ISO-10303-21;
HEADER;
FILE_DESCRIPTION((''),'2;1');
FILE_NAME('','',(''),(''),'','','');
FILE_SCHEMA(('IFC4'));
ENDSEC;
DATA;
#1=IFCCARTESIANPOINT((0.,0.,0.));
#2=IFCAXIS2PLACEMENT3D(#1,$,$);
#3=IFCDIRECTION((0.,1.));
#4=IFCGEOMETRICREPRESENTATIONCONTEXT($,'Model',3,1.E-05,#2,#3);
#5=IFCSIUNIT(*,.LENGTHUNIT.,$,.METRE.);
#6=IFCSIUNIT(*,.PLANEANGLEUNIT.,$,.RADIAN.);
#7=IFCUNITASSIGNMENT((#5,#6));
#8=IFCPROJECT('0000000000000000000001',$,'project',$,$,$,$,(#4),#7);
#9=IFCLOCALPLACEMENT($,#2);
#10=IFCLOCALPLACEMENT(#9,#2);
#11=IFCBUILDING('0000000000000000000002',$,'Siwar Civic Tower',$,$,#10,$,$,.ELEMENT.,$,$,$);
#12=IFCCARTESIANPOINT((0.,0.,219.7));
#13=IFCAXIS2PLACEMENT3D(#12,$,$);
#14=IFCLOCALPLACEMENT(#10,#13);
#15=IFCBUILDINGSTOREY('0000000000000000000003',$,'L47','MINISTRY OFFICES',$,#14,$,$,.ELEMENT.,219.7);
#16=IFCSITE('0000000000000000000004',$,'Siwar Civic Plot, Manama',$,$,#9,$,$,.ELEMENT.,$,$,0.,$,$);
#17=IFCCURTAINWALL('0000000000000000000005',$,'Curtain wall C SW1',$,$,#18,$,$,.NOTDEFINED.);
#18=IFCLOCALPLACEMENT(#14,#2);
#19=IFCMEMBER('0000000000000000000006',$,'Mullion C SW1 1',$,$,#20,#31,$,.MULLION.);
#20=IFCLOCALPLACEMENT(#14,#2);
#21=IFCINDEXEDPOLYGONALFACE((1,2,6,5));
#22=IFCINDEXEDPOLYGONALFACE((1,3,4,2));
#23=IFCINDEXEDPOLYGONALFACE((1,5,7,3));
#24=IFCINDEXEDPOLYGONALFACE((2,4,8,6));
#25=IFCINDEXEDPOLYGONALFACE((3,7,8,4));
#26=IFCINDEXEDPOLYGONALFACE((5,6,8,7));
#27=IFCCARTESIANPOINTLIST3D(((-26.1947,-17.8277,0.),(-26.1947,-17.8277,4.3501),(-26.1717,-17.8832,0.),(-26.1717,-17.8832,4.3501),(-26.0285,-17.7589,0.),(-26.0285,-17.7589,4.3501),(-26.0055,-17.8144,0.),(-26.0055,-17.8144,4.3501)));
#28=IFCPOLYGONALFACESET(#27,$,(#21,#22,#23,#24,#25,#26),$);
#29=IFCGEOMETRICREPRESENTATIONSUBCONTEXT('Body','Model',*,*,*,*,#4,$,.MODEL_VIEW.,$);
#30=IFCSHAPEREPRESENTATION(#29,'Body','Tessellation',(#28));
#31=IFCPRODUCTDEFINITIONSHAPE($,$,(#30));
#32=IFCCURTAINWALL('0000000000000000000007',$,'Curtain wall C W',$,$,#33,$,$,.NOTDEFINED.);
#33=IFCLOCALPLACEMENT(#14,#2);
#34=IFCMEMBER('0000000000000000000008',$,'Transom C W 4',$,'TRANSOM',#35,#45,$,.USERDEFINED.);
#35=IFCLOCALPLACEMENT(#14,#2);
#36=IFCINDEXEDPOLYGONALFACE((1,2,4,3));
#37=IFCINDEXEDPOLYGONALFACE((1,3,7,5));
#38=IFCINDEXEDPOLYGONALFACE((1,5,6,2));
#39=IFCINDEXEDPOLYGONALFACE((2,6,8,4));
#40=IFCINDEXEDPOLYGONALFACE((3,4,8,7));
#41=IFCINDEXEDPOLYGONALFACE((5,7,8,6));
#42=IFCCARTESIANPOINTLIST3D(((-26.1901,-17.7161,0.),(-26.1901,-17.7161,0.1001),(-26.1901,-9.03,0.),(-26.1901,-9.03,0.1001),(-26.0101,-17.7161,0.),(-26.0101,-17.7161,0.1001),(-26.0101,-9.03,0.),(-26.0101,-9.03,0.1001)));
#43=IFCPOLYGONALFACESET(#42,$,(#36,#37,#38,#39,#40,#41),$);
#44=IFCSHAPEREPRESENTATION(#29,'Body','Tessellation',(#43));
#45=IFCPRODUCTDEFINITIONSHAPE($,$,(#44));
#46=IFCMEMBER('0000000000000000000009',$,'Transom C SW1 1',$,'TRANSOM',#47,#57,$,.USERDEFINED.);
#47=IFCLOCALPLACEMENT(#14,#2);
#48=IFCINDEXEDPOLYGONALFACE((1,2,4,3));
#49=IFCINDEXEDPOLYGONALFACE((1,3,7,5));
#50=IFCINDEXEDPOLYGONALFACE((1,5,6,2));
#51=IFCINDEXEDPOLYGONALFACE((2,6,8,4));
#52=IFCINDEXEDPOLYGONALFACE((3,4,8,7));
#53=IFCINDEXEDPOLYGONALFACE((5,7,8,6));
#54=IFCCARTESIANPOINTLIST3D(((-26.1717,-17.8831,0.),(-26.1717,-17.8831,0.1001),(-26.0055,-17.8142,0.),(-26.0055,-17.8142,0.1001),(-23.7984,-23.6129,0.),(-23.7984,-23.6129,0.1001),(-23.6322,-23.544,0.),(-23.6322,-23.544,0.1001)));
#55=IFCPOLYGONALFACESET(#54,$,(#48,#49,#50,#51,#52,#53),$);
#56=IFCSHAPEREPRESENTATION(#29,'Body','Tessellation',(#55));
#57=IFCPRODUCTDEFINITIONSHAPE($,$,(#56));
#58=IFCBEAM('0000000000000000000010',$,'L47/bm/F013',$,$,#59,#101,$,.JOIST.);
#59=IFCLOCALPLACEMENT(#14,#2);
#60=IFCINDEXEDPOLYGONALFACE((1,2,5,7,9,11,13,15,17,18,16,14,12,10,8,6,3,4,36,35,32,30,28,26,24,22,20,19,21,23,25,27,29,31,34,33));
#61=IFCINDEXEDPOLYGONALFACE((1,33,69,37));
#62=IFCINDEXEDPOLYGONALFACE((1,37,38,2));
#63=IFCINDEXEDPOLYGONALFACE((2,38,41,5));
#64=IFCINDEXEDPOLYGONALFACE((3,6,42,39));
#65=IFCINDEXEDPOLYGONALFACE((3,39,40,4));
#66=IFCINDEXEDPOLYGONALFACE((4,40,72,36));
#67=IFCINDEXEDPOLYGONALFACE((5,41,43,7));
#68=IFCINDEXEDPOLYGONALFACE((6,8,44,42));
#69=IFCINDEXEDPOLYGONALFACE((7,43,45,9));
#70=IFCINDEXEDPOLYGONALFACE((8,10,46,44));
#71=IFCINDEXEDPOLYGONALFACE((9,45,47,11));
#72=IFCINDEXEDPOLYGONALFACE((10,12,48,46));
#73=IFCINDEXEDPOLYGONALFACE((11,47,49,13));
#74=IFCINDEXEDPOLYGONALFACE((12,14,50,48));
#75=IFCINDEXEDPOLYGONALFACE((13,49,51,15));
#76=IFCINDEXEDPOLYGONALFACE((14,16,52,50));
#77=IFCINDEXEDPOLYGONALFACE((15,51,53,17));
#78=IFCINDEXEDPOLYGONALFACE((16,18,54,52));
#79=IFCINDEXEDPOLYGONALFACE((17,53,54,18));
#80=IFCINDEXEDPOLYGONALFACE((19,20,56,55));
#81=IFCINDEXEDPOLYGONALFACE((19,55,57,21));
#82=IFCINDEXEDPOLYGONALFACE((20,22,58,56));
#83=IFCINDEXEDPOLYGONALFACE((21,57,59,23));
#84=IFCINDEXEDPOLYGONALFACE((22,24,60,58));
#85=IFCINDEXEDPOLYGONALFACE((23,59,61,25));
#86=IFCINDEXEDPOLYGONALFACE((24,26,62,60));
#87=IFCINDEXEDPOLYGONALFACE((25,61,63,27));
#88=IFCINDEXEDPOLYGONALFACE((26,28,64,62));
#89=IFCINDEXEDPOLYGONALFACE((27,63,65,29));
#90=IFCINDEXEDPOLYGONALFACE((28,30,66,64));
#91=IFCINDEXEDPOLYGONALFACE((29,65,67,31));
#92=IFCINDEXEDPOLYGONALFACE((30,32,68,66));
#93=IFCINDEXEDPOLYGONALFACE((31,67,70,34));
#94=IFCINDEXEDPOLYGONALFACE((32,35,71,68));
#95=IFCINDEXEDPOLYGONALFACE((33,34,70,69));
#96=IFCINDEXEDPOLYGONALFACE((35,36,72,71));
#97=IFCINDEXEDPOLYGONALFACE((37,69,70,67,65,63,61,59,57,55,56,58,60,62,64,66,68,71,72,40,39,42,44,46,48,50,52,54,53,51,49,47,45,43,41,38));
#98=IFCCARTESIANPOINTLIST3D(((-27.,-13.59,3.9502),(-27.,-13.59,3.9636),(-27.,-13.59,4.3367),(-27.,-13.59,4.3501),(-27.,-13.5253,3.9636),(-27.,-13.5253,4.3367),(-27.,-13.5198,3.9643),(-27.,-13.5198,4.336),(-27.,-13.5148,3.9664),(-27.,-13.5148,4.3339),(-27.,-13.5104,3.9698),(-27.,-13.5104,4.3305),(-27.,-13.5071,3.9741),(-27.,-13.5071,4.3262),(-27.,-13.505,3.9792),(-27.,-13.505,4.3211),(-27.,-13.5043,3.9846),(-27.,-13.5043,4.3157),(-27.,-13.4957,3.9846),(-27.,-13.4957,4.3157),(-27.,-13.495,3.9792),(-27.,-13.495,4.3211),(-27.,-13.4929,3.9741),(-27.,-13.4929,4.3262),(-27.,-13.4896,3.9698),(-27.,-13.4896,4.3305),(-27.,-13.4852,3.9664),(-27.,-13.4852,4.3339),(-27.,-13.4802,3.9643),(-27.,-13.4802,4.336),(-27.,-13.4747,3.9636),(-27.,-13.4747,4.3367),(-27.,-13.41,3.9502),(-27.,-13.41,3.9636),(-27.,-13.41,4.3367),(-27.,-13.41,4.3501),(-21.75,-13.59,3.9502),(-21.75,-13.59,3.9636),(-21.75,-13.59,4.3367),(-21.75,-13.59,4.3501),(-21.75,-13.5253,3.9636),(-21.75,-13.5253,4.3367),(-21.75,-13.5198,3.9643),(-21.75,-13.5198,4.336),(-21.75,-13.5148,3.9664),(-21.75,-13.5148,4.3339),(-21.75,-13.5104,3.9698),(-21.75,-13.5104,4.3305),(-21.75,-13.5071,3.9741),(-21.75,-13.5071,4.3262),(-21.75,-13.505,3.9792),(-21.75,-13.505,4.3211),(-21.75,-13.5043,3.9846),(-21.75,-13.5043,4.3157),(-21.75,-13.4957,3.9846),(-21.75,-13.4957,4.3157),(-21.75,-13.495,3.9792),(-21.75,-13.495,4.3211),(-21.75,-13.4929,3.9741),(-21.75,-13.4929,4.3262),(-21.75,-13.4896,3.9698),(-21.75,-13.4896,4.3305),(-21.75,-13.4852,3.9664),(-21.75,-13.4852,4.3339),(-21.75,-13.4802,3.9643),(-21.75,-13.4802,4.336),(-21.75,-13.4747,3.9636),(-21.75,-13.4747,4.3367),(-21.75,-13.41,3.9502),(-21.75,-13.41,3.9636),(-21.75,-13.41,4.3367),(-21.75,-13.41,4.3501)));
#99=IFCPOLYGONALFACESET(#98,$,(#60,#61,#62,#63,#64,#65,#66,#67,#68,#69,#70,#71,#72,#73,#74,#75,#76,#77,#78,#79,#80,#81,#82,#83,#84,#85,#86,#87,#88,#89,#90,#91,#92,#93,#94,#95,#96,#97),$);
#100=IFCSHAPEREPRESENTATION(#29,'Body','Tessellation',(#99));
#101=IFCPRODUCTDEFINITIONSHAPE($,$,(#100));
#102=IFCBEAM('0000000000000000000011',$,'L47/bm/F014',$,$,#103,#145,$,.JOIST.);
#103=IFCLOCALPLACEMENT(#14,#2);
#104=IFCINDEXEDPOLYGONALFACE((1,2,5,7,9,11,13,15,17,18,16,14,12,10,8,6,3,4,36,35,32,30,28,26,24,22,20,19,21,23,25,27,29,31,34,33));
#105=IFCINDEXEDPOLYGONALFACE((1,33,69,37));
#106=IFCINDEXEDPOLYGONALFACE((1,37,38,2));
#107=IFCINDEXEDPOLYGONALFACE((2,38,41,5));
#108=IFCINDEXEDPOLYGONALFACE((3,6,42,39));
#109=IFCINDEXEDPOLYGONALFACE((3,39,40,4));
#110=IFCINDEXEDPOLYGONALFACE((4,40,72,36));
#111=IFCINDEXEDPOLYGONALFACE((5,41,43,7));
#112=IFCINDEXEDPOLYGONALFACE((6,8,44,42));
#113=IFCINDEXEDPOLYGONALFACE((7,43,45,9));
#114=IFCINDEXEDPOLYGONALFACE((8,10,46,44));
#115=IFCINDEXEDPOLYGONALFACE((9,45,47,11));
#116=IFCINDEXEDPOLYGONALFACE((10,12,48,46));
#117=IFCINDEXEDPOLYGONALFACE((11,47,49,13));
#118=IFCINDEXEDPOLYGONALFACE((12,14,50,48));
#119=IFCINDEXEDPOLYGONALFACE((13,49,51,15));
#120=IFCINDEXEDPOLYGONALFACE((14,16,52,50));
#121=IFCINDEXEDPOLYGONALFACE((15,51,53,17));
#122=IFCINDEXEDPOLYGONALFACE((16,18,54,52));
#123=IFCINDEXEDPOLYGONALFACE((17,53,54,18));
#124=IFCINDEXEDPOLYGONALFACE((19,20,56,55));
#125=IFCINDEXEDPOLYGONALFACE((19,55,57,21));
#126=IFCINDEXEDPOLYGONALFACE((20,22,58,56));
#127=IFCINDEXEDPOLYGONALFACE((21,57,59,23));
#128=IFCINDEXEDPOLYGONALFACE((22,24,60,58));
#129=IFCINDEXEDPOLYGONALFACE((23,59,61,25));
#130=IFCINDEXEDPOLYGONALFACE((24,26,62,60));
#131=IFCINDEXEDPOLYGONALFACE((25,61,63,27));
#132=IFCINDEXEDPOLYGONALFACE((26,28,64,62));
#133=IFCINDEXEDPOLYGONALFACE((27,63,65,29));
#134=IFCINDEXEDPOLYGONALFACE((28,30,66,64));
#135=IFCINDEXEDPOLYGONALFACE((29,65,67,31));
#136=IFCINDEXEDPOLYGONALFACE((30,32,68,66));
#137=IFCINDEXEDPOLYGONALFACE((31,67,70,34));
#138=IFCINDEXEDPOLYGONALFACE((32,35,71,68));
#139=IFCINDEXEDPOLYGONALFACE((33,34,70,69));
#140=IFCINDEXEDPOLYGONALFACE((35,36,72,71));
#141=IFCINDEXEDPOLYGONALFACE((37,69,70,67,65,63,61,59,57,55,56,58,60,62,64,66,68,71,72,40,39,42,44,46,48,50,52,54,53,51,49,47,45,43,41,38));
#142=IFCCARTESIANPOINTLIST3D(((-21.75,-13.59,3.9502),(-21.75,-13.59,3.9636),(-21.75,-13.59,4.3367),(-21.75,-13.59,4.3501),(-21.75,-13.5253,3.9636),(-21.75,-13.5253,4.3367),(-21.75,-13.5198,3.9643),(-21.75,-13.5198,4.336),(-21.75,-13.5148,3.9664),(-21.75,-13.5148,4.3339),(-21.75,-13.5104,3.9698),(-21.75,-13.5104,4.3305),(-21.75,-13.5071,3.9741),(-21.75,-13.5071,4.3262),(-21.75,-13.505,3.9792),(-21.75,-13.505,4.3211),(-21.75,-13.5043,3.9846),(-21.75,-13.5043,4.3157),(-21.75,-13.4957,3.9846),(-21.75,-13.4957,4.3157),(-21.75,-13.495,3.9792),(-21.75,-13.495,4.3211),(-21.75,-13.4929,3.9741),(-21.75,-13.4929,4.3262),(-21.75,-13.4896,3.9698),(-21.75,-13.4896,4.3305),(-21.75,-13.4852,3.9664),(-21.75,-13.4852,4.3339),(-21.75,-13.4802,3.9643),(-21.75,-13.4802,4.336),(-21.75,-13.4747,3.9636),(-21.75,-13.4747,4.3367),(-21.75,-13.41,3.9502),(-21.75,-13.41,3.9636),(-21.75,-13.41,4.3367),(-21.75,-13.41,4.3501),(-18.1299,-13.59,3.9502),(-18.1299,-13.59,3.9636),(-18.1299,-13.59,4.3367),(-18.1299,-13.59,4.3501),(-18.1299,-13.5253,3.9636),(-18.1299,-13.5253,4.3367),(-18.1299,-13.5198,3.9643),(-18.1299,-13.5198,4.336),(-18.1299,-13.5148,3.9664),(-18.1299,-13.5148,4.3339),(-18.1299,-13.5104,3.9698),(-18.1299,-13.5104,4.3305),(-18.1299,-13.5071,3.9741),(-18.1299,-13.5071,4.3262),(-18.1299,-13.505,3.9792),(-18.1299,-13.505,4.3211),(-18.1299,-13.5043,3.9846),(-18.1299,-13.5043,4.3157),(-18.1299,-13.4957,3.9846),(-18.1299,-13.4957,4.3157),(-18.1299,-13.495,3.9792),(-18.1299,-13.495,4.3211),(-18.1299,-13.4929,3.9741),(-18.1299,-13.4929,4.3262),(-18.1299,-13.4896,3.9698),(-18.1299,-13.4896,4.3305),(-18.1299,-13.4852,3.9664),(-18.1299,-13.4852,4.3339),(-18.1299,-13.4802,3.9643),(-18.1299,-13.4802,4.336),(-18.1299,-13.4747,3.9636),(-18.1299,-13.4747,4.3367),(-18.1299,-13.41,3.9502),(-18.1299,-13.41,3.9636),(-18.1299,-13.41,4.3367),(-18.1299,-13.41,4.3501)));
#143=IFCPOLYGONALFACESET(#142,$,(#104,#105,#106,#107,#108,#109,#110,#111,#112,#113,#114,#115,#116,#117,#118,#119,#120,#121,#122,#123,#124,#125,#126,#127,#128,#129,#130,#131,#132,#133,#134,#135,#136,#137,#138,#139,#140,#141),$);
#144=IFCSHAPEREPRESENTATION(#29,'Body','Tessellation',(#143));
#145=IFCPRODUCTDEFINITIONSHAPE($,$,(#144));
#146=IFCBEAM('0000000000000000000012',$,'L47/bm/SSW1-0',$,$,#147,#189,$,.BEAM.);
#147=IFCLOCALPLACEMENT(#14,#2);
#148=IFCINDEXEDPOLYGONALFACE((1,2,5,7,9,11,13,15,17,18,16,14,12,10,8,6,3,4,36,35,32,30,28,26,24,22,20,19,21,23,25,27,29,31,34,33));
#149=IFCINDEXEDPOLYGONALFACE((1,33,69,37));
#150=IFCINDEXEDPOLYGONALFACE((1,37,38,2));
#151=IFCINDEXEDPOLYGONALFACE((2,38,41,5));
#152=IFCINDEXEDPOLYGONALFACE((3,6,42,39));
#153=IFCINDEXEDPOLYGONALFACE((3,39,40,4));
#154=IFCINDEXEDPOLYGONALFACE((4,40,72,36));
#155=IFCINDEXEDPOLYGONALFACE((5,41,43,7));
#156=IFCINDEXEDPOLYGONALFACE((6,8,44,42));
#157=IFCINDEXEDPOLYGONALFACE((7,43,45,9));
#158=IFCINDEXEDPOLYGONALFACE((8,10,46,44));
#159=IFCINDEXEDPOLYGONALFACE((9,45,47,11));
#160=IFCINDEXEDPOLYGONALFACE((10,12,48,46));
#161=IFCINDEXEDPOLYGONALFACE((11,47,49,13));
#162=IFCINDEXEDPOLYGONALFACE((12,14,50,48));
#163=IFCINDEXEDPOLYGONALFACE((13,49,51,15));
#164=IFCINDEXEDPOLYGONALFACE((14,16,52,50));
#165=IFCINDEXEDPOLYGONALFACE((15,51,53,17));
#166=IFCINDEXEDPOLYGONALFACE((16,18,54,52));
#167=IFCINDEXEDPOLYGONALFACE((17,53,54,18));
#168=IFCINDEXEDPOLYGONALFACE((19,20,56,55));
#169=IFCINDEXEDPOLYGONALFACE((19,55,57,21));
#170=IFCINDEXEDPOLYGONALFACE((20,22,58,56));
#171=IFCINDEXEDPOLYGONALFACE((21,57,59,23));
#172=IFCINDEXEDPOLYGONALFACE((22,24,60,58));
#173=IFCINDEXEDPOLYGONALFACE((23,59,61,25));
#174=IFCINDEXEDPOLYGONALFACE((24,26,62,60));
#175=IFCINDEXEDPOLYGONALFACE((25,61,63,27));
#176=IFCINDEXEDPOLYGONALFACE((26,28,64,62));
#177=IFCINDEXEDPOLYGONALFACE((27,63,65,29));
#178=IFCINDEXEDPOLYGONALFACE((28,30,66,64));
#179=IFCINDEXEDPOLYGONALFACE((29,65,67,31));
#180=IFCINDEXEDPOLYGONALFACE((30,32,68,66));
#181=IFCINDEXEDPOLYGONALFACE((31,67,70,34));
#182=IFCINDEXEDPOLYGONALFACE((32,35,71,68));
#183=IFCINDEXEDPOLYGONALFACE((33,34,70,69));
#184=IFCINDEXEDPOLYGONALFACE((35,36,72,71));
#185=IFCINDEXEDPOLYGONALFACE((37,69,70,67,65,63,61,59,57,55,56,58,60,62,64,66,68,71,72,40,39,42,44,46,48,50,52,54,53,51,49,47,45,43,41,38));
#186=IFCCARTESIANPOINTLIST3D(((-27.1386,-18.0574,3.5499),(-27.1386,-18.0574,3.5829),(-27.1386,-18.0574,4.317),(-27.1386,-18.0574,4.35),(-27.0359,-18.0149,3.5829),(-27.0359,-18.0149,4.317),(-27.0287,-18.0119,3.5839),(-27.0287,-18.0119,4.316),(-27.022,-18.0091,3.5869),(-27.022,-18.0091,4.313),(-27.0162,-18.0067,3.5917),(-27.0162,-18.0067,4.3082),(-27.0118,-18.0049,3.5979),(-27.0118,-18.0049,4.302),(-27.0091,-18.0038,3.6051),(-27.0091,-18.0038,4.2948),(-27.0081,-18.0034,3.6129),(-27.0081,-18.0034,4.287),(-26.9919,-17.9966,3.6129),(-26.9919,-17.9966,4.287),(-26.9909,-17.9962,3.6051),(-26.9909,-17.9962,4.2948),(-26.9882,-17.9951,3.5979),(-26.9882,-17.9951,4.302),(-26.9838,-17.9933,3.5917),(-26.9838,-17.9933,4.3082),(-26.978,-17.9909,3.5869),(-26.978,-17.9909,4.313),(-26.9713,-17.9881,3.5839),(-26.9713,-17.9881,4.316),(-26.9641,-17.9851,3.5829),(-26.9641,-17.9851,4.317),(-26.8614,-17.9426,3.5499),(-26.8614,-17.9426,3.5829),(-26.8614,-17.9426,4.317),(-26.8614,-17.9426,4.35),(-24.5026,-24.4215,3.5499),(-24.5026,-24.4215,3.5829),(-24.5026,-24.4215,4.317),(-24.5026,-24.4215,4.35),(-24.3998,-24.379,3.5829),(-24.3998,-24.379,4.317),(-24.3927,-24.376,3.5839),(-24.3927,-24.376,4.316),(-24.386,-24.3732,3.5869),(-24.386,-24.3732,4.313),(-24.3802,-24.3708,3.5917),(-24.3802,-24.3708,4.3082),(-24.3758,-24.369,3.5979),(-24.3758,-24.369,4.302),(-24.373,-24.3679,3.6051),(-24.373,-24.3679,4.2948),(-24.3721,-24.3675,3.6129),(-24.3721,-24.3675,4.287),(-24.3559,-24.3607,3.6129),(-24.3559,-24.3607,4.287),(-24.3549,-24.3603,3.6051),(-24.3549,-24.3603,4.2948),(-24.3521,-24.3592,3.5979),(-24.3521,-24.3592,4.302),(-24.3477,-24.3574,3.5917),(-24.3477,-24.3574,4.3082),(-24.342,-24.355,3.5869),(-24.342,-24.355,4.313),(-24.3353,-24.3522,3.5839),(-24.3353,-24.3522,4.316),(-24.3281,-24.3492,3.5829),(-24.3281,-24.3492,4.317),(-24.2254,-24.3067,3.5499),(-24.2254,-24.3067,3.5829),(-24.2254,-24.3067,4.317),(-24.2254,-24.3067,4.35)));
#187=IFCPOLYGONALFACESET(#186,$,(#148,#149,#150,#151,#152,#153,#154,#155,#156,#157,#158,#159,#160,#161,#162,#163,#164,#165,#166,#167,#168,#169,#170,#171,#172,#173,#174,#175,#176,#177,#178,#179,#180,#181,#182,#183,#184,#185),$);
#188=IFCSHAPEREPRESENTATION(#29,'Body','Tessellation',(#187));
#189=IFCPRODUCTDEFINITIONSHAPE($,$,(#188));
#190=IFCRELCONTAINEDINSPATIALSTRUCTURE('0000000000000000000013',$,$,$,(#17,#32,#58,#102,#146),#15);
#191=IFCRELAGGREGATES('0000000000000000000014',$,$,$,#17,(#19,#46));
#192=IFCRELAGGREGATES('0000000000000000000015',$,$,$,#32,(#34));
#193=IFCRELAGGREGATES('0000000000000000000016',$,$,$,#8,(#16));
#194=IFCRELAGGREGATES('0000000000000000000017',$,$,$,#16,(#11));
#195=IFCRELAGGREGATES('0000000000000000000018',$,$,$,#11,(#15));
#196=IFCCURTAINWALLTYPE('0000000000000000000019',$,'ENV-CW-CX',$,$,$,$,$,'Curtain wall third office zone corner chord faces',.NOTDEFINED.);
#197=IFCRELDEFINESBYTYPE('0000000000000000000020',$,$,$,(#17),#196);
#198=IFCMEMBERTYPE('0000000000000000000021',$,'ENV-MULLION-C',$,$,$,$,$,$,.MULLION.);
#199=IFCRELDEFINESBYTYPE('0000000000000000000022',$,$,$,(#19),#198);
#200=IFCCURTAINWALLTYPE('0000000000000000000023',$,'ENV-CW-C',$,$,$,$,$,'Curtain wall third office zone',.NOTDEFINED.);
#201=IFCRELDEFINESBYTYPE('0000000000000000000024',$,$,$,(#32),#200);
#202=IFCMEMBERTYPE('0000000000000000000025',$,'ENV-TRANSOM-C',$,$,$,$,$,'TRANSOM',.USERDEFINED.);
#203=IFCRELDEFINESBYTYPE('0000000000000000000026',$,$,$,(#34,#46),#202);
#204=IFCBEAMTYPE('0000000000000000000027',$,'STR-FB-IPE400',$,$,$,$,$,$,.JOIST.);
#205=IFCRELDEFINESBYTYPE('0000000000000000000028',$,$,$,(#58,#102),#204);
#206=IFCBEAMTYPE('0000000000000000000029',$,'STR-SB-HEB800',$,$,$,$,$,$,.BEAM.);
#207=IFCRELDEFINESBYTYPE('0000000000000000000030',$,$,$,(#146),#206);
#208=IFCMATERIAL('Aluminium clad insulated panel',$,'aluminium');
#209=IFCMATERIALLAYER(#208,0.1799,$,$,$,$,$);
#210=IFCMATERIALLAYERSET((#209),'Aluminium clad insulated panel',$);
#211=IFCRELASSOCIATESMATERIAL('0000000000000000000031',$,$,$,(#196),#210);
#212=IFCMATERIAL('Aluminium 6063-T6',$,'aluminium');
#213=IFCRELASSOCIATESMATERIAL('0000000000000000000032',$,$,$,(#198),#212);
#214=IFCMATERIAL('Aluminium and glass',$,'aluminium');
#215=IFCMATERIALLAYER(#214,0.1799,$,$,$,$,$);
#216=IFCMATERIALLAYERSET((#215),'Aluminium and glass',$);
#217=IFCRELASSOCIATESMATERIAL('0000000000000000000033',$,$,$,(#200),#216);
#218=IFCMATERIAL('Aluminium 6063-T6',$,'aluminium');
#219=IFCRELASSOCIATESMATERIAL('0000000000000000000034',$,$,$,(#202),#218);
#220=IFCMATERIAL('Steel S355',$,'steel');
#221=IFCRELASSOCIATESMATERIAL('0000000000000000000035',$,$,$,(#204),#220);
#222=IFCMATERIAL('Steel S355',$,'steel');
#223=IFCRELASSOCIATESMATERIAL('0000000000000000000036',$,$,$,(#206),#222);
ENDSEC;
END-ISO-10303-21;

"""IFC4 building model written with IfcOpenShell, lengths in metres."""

from ifc_helpers import new_model, si_unit, direction, frame, origin, origin_2d, place, context, subcontext, project, spatial, rectangle, i_section, extrude, material, layer, layer_set, material_profile, profile_set, type_object, element, aggregate, save


model = new_model("IFC4")

# Units and contexts
model_context = context("Model", 3, precision=1e-05, world=origin(), true_north=direction((0.0, 1.0)))
body_context = subcontext(model_context, "Body", "Model", "MODEL_VIEW")
ifc_project = project(units=[si_unit("LENGTHUNIT", "METRE"), si_unit("PLANEANGLEUNIT", "RADIAN")], contexts=[model_context])

# Site, building, storey
site_placement = place(None, origin())
site = spatial("IfcSite", under=ifc_project, at=site_placement, Name="Siwar Civic Plot, Manama", CompositionType="ELEMENT", RefElevation=0.0)
building_placement = place(site_placement, origin())
building = spatial("IfcBuilding", under=site, at=building_placement, Name="Siwar Civic Tower", CompositionType="ELEMENT")
storey_placement = place(building_placement, frame((0.0, 0.0, 219.7)))
storey = spatial("IfcBuildingStorey", under=building, at=storey_placement, Name="L47", Description="MINISTRY OFFICES", CompositionType="ELEMENT", Elevation=219.7)

# Curtain walls, members
ifc_material_1 = material(Name="Aluminium clad insulated panel", Category="aluminium")
ifc_layer_1 = layer(ifc_material_1, 0.1799)
ifc_layer_set_1 = layer_set([ifc_layer_1], Name="Aluminium clad insulated panel")
curtain_wall_type_1 = type_object("IfcCurtainWallType", Name="ENV-CW-CX", ElementType="Curtain wall third office zone corner chord faces", PredefinedType="NOTDEFINED", material=ifc_layer_set_1)
curtain_wall_1_placement = place(storey_placement, origin())
curtain_wall_1 = element("IfcCurtainWall", 1, at=curtain_wall_1_placement, inside=storey, type_object=curtain_wall_type_1, Name="Curtain wall C SW1", PredefinedType="NOTDEFINED")
ifc_material_2 = material(Name="Aluminium 6063-T6", Category="aluminium")
ifc_material_profile_1 = material_profile(ifc_material_2, rectangle(XDim=0.1799, YDim=0.0601, at=origin_2d()), Name="AL 180x60")
ifc_profile_set_1 = profile_set([ifc_material_profile_1], Name="Aluminium 6063-T6")
member_type_1 = type_object("IfcMemberType", Name="ENV-MULLION-C", PredefinedType="MULLION", material=ifc_profile_set_1)
member_1_placement = place(storey_placement, frame((-26.1001, -17.821, 0.0), z_axis=(0.0, 0.0, 1.0), x_axis=(0.92388, 0.382683, 0.0)))
member_1 = element("IfcMember", 2, at=member_1_placement, type_object=member_type_1, Name="Mullion C SW1 1", PredefinedType="MULLION", context=body_context, shape_type="SweptSolid", body=[
    extrude(rectangle(XDim=0.1799, YDim=0.0601, at=origin_2d()), origin(), (0.0, 0.0, 1.0), 4.3501),
])
ifc_material_3 = material(Name="Aluminium and glass", Category="aluminium")
ifc_layer_2 = layer(ifc_material_3, 0.1799)
ifc_layer_set_2 = layer_set([ifc_layer_2], Name="Aluminium and glass")
curtain_wall_type_2 = type_object("IfcCurtainWallType", Name="ENV-CW-C", ElementType="Curtain wall third office zone", PredefinedType="NOTDEFINED", material=ifc_layer_set_2)
curtain_wall_2_placement = place(storey_placement, origin())
curtain_wall_2 = element("IfcCurtainWall", 3, at=curtain_wall_2_placement, inside=storey, type_object=curtain_wall_type_2, Name="Curtain wall C W", PredefinedType="NOTDEFINED")
ifc_material_4 = material(Name="Aluminium 6063-T6", Category="aluminium")
ifc_material_profile_2 = material_profile(ifc_material_4, rectangle(XDim=0.1799, YDim=0.1001, at=origin_2d()), Name="AL 180x100")
ifc_profile_set_2 = profile_set([ifc_material_profile_2], Name="Aluminium 6063-T6")
member_type_2 = type_object("IfcMemberType", Name="ENV-TRANSOM-C", ElementType="TRANSOM", PredefinedType="USERDEFINED", material=ifc_profile_set_2)
member_2_placement = place(storey_placement, frame((-26.1001, -9.03, 0.05), z_axis=(0.0, -1.0, 0.0), x_axis=(1.0, 0.0, 0.0)))
member_2 = element("IfcMember", 4, at=member_2_placement, type_object=member_type_2, Name="Transom C W 4", ObjectType="TRANSOM", PredefinedType="USERDEFINED", context=body_context, shape_type="SweptSolid", body=[
    extrude(rectangle(XDim=0.1799, YDim=0.1001, at=origin_2d()), origin(), (0.0, 0.0, 1.0), 8.686),
])

# Member
member_3_placement = place(storey_placement, frame((-26.0886, -17.8486, 0.05), z_axis=(0.382677, -0.923882, 0.0), x_axis=(0.923882, 0.382677, 0.0)))
member_3 = element("IfcMember", 5, at=member_3_placement, type_object=member_type_2, Name="Transom C SW1 1", ObjectType="TRANSOM", PredefinedType="USERDEFINED", context=body_context, shape_type="SweptSolid", body=[
    extrude(rectangle(XDim=0.1799, YDim=0.1001, at=origin_2d()), origin(), (0.0, 0.0, 1.0), 6.2019),
])
aggregate(curtain_wall_1, [member_1, member_3])

# Beams
ifc_material_5 = material(Name="Steel S355", Category="steel")
ifc_material_profile_3 = material_profile(ifc_material_5, i_section(OverallWidth=0.1799, OverallDepth=0.3999, WebThickness=0.0085, FlangeThickness=0.0134, FilletRadius=0.021, at=origin_2d()), Name="IPE400")
ifc_profile_set_3 = profile_set([ifc_material_profile_3], Name="Steel S355")
beam_type_1 = type_object("IfcBeamType", Name="STR-FB-IPE400", PredefinedType="JOIST", material=ifc_profile_set_3)
beam_1_placement = place(storey_placement, frame((-27.0, -13.5, 4.1501), z_axis=(1.0, 0.0, 0.0), x_axis=(0.0, 1.0, 0.0)))
element("IfcBeam", 6, at=beam_1_placement, inside=storey, type_object=beam_type_1, Name="L47/bm/F013", PredefinedType="JOIST", context=body_context, shape_type="SweptSolid", body=[
    extrude(i_section(OverallWidth=0.1799, OverallDepth=0.3999, WebThickness=0.0085, FlangeThickness=0.0134, FilletRadius=0.021, at=origin_2d()), origin(), (0.0, 0.0, 1.0), 5.25),
])
beam_2_placement = place(storey_placement, frame((-21.75, -13.5, 4.1501), z_axis=(1.0, 0.0, 0.0), x_axis=(0.0, 1.0, 0.0)))
element("IfcBeam", 7, at=beam_2_placement, inside=storey, type_object=beam_type_1, Name="L47/bm/F014", PredefinedType="JOIST", context=body_context, shape_type="SweptSolid", body=[
    extrude(i_section(OverallWidth=0.1799, OverallDepth=0.3999, WebThickness=0.0085, FlangeThickness=0.0134, FilletRadius=0.021, at=origin_2d()), origin(), (0.0, 0.0, 1.0), 3.6201),
])
ifc_material_6 = material(Name="Steel S355", Category="steel")
ifc_material_profile_4 = material_profile(ifc_material_6, i_section(OverallWidth=0.3, OverallDepth=0.8, WebThickness=0.0176, FlangeThickness=0.033, FilletRadius=0.03, at=origin_2d()), Name="HEB800")
ifc_profile_set_4 = profile_set([ifc_material_profile_4], Name="Steel S355")
beam_type_2 = type_object("IfcBeamType", Name="STR-SB-HEB800", PredefinedType="BEAM", material=ifc_profile_set_4)
beam_3_placement = place(storey_placement, frame((-27.0, -18.0, 3.95), z_axis=(0.382674, -0.923883, 0.0), x_axis=(0.923883, 0.382674, 0.0)))
element("IfcBeam", 8, at=beam_3_placement, inside=storey, type_object=beam_type_2, Name="L47/bm/SSW1-0", PredefinedType="BEAM", context=body_context, shape_type="SweptSolid", body=[
    extrude(i_section(OverallWidth=0.3, OverallDepth=0.8, WebThickness=0.0176, FlangeThickness=0.033, FilletRadius=0.03, at=origin_2d()), origin(), (0.0, 0.0, 1.0), 6.8884),
])

aggregate(curtain_wall_2, [member_2])

save(model, "model.ifc")
